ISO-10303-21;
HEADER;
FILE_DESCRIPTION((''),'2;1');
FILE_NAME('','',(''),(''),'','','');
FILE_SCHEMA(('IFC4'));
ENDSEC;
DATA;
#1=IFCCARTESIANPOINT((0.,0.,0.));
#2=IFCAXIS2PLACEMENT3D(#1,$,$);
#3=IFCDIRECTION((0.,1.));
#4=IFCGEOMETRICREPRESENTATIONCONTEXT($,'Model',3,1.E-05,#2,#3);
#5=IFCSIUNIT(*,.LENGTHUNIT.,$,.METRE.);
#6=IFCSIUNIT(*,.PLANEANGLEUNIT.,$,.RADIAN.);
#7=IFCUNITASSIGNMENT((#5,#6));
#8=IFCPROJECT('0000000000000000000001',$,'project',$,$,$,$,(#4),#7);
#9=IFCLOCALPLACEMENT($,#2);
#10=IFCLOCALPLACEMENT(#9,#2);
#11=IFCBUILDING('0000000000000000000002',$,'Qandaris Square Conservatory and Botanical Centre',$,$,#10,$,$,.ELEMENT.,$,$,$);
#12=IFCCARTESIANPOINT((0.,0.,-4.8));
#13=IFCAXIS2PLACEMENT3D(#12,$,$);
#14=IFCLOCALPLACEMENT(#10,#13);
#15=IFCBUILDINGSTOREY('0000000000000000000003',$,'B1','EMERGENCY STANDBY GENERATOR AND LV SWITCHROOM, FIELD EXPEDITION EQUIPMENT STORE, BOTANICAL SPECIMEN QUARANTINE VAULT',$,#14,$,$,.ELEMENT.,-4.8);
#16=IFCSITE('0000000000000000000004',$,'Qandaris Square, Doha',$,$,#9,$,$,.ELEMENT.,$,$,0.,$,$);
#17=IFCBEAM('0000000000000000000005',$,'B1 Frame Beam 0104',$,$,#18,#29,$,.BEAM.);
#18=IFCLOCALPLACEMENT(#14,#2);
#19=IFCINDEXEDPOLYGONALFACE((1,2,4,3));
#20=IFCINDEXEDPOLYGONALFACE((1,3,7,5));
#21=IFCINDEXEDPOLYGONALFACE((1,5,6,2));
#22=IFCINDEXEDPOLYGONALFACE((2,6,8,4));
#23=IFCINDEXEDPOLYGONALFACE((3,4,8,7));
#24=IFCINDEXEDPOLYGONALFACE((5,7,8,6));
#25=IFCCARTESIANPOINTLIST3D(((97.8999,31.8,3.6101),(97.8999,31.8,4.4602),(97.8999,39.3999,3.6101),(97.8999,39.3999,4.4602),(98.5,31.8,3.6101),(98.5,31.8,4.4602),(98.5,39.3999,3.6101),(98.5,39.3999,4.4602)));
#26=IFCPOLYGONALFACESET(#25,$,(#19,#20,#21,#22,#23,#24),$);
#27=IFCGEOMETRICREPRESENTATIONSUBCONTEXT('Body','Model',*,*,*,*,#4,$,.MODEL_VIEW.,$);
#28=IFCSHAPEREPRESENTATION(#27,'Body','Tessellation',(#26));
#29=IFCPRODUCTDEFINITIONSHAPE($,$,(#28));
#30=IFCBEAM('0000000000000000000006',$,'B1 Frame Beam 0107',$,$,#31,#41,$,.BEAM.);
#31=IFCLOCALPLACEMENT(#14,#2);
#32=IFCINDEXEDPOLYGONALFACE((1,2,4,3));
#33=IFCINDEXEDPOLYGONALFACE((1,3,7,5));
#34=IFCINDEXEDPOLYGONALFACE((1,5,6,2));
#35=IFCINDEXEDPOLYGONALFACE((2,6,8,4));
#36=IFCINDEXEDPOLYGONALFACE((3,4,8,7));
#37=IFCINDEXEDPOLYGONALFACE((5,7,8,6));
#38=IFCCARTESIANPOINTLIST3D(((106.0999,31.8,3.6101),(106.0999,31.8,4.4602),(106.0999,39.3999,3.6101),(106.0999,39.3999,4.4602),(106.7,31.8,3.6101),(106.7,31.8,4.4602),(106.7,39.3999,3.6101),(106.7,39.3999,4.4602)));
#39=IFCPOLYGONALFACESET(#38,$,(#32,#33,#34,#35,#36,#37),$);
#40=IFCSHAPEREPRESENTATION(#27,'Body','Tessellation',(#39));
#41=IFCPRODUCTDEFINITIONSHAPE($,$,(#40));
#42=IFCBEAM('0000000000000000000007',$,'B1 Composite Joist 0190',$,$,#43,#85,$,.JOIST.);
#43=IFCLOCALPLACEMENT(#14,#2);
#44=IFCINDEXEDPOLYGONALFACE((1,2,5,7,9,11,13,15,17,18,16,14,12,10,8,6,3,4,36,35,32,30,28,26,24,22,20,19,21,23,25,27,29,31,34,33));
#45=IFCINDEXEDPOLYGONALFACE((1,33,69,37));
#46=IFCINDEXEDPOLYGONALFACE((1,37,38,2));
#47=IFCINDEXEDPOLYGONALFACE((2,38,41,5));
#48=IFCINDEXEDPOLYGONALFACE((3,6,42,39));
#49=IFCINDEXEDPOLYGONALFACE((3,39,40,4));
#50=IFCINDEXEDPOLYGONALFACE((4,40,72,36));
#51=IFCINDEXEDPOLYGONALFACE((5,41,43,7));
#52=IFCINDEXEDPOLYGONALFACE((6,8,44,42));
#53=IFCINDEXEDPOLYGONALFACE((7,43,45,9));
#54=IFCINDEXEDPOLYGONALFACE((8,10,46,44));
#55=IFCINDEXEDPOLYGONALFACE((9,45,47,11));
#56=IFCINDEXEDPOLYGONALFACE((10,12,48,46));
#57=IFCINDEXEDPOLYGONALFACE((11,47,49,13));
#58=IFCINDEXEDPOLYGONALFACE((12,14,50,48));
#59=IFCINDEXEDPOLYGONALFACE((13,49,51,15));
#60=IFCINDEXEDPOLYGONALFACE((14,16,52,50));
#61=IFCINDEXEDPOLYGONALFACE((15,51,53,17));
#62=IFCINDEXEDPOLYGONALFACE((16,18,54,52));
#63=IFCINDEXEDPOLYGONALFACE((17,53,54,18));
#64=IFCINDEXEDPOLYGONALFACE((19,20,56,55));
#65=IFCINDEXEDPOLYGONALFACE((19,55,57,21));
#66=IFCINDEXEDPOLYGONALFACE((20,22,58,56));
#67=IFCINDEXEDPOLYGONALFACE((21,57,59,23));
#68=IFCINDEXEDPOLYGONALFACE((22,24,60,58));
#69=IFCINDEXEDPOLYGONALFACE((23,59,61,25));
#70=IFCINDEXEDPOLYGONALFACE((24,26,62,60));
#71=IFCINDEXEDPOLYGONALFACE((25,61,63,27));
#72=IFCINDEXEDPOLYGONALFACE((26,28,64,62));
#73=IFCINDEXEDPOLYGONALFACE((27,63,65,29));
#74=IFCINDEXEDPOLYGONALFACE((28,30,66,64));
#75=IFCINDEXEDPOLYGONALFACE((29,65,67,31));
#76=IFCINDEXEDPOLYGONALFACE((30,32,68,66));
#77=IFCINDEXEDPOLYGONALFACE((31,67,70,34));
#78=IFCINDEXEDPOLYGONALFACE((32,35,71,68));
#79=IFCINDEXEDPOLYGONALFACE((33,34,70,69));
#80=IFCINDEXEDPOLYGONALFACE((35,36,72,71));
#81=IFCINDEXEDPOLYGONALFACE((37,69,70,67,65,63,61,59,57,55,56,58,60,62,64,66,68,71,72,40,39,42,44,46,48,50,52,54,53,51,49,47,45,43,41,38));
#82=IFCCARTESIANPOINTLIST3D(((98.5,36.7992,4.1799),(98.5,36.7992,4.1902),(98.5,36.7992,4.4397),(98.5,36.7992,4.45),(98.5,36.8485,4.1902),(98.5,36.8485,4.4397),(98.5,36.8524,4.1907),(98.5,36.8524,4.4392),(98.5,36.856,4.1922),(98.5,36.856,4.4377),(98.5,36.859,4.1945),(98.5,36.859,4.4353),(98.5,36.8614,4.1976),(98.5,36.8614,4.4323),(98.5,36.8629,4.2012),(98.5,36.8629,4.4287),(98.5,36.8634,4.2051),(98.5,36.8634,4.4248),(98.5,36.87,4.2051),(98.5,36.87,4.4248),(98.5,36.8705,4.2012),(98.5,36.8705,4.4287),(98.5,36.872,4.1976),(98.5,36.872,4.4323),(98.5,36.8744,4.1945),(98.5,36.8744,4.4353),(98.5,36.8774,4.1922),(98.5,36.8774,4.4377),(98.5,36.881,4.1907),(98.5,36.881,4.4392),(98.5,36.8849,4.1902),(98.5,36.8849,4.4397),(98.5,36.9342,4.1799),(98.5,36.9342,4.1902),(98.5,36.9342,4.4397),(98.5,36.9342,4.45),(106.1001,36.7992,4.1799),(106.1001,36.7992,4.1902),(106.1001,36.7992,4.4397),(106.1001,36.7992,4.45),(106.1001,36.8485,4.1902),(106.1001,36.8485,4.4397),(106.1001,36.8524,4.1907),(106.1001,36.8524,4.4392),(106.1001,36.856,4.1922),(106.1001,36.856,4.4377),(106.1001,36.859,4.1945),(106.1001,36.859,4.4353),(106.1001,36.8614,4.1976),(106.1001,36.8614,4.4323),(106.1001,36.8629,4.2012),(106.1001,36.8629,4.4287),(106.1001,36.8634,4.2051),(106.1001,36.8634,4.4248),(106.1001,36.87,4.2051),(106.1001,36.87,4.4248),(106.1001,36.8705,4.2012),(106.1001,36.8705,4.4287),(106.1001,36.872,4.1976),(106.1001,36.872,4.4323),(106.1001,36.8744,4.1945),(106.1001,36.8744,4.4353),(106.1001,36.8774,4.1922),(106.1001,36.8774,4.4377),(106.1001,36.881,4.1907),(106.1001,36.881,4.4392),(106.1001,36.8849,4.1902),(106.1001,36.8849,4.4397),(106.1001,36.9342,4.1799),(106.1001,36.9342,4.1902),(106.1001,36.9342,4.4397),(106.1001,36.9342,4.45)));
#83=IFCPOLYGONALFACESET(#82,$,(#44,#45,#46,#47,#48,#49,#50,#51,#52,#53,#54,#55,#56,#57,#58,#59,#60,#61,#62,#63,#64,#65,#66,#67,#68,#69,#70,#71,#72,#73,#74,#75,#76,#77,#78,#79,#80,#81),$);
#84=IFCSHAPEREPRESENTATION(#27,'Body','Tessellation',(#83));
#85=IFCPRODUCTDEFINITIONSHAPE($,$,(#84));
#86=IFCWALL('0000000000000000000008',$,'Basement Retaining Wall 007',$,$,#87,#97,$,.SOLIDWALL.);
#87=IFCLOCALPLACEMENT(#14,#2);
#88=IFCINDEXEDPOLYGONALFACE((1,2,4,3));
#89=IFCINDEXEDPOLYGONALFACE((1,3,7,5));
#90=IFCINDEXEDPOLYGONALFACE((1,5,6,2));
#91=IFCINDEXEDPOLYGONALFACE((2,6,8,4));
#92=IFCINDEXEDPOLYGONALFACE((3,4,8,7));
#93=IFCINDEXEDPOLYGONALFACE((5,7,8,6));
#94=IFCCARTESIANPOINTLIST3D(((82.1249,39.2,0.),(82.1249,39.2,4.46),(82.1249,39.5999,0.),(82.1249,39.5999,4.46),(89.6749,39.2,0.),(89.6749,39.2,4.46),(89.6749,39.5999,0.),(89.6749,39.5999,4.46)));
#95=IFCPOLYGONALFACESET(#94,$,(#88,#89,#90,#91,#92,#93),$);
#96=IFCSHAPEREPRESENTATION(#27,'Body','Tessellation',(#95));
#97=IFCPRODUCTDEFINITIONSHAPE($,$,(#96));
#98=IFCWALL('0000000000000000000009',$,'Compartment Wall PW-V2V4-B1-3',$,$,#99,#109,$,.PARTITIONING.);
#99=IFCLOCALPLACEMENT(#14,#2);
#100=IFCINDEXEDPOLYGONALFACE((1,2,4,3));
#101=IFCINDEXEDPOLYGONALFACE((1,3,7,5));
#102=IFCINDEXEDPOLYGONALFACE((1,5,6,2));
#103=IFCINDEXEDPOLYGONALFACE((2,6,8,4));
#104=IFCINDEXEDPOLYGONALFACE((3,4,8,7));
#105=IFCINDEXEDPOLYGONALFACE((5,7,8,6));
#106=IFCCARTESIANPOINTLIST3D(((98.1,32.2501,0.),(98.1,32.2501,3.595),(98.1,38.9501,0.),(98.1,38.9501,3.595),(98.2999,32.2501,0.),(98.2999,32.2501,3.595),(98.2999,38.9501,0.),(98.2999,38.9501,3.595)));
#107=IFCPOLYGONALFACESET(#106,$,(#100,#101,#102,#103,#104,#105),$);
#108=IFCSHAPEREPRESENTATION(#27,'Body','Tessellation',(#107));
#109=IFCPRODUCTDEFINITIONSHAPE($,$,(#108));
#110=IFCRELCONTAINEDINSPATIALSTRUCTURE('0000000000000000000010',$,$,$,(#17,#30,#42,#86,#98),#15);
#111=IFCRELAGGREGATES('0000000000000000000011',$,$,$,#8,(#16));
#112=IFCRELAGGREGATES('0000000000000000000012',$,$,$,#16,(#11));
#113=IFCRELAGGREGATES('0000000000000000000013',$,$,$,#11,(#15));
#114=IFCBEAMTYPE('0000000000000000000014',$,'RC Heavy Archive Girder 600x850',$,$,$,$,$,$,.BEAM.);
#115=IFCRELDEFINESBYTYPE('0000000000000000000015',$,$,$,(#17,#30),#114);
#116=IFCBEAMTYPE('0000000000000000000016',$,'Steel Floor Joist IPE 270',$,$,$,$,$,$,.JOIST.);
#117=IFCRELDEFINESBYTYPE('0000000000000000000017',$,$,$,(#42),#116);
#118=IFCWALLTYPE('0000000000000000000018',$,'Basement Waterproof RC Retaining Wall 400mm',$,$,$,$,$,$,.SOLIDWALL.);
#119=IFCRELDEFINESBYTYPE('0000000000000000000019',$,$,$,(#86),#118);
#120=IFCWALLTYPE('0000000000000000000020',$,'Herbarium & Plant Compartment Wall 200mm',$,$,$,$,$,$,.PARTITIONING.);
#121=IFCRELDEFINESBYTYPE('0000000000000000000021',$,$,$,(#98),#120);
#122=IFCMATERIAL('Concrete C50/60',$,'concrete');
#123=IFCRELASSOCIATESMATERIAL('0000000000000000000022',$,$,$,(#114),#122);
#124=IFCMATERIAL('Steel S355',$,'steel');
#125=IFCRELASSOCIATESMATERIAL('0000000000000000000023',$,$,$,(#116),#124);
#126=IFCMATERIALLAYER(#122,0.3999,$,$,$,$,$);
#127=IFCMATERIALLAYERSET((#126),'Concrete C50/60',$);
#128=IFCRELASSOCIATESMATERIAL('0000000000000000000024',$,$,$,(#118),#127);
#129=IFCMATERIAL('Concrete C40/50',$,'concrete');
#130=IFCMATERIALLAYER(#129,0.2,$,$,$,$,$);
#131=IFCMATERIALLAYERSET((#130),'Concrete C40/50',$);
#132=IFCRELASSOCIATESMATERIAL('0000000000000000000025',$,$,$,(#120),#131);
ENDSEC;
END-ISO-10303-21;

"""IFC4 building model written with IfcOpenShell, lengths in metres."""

from ifc_helpers import new_model, si_unit, direction, frame, frame_2d, origin, origin_2d, place, context, subcontext, project, spatial, rectangle, i_section, extrude, material, layer, layer_set, material_profile, profile_set, type_object, element, save


model = new_model("IFC4")

# Units and contexts
model_context = context("Model", 3, precision=1e-05, world=origin(), true_north=direction((0.0, 1.0)))
body_context = subcontext(model_context, "Body", "Model", "MODEL_VIEW")
ifc_project = project(units=[si_unit("LENGTHUNIT", "METRE"), si_unit("PLANEANGLEUNIT", "RADIAN")], contexts=[model_context])

# Site, building, storey
site_placement = place(None, origin())
site = spatial("IfcSite", under=ifc_project, at=site_placement, Name="Qandaris Square, Doha", CompositionType="ELEMENT", RefElevation=0.0)
building_placement = place(site_placement, origin())
building = spatial("IfcBuilding", under=site, at=building_placement, Name="Qandaris Square Conservatory and Botanical Centre", CompositionType="ELEMENT")
storey_placement = place(building_placement, frame((0.0, 0.0, -4.8)))
storey = spatial("IfcBuildingStorey", under=building, at=storey_placement, Name="B1", Description="EMERGENCY STANDBY GENERATOR AND LV SWITCHROOM, FIELD EXPEDITION EQUIPMENT STORE, BOTANICAL SPECIMEN QUARANTINE VAULT", CompositionType="ELEMENT", Elevation=-4.8)

# Shared definitions
ifc_material_1 = material(Name="Concrete C50/60", Category="concrete")

# Shared definitions
ifc_material_2 = material(Name="Concrete C40/50", Category="concrete")

# Beams
ifc_material_3 = material(Name="Steel S355", Category="steel")
ifc_material_profile_1 = material_profile(ifc_material_1, rectangle(XDim=0.6001, YDim=0.8501, at=origin_2d()), Name="RC-BM 600x850")
ifc_profile_set_1 = profile_set([ifc_material_profile_1], Name="Concrete C50/60")
beam_type_1 = type_object("IfcBeamType", Name="RC Heavy Archive Girder 600x850", PredefinedType="BEAM", material=ifc_profile_set_1)
for number, where, z_axis, x_axis, name in (
    (1, (98.2, 31.8, 4.0352), (0.0, 1.0, 0.0), (-1.0, 0.0, 0.0), "B1 Frame Beam 0104"),
    (2, (106.3999, 31.8, 4.0352), (0.0, 1.0, 0.0), (-1.0, 0.0, 0.0), "B1 Frame Beam 0107"),
):
    element("IfcBeam", number, at=place(storey_placement, frame(where, z_axis=z_axis, x_axis=x_axis)), inside=storey, type_object=beam_type_1, Name=name, PredefinedType="BEAM", context=body_context, shape_type="SweptSolid", body=[
        extrude(rectangle(XDim=0.6001, YDim=0.8501, at=origin_2d()), origin(), (0.0, 0.0, 1.0), 7.5999),
    ])
ifc_material_profile_2 = material_profile(ifc_material_3, i_section(OverallWidth=0.135, OverallDepth=0.27, WebThickness=0.0066, FlangeThickness=0.0103, FilletRadius=0.0149, at=origin_2d()), Name="IPE 270")
ifc_profile_set_2 = profile_set([ifc_material_profile_2], Name="Steel S355")
beam_type_2 = type_object("IfcBeamType", Name="Steel Floor Joist IPE 270", PredefinedType="JOIST", material=ifc_profile_set_2)
beam_1_placement = place(storey_placement, frame((98.5, 36.8667, 4.3149), z_axis=(1.0, 0.0, 0.0), x_axis=(0.0, 1.0, 0.0)))
element("IfcBeam", 3, at=beam_1_placement, inside=storey, type_object=beam_type_2, Name="B1 Composite Joist 0190", PredefinedType="JOIST", context=body_context, shape_type="SweptSolid", body=[
    extrude(i_section(OverallWidth=0.135, OverallDepth=0.27, WebThickness=0.0066, FlangeThickness=0.0103, FilletRadius=0.0149, at=origin_2d()), origin(), (0.0, 0.0, 1.0), 7.6001),
])

# Walls
ifc_layer_1 = layer(ifc_material_1, 0.3999)
ifc_layer_set_1 = layer_set([ifc_layer_1], Name="Concrete C50/60")
wall_type_1 = type_object("IfcWallType", Name="Basement Waterproof RC Retaining Wall 400mm", PredefinedType="SOLIDWALL", material=ifc_layer_set_1)
wall_1_placement = place(storey_placement, frame((82.125, 39.3999, 0.0), z_axis=(0.0, 0.0, 1.0), x_axis=(1.0, 0.0, 0.0)))
element("IfcWall", 4, at=wall_1_placement, inside=storey, type_object=wall_type_1, Name="Basement Retaining Wall 007", PredefinedType="SOLIDWALL", context=body_context, shape_type="SweptSolid", body=[
    extrude(rectangle(XDim=7.55, YDim=0.3999, at=frame_2d((3.7749, 0.0))), origin(), (0.0, 0.0, 1.0), 4.46),
])
ifc_layer_2 = layer(ifc_material_2, 0.2)
ifc_layer_set_2 = layer_set([ifc_layer_2], Name="Concrete C40/50")
wall_type_2 = type_object("IfcWallType", Name="Herbarium & Plant Compartment Wall 200mm", PredefinedType="PARTITIONING", material=ifc_layer_set_2)
wall_2_placement = place(storey_placement, frame((98.2, 32.25, 0.0), z_axis=(0.0, 0.0, 1.0), x_axis=(0.0, 1.0, 0.0)))
element("IfcWall", 5, at=wall_2_placement, inside=storey, type_object=wall_type_2, Name="Compartment Wall PW-V2V4-B1-3", PredefinedType="PARTITIONING", context=body_context, shape_type="SweptSolid", body=[
    extrude(rectangle(XDim=6.7, YDim=0.2, at=frame_2d((3.3501, 0.0))), origin(), (0.0, 0.0, 1.0), 3.595),
])

save(model, "model.ifc")
